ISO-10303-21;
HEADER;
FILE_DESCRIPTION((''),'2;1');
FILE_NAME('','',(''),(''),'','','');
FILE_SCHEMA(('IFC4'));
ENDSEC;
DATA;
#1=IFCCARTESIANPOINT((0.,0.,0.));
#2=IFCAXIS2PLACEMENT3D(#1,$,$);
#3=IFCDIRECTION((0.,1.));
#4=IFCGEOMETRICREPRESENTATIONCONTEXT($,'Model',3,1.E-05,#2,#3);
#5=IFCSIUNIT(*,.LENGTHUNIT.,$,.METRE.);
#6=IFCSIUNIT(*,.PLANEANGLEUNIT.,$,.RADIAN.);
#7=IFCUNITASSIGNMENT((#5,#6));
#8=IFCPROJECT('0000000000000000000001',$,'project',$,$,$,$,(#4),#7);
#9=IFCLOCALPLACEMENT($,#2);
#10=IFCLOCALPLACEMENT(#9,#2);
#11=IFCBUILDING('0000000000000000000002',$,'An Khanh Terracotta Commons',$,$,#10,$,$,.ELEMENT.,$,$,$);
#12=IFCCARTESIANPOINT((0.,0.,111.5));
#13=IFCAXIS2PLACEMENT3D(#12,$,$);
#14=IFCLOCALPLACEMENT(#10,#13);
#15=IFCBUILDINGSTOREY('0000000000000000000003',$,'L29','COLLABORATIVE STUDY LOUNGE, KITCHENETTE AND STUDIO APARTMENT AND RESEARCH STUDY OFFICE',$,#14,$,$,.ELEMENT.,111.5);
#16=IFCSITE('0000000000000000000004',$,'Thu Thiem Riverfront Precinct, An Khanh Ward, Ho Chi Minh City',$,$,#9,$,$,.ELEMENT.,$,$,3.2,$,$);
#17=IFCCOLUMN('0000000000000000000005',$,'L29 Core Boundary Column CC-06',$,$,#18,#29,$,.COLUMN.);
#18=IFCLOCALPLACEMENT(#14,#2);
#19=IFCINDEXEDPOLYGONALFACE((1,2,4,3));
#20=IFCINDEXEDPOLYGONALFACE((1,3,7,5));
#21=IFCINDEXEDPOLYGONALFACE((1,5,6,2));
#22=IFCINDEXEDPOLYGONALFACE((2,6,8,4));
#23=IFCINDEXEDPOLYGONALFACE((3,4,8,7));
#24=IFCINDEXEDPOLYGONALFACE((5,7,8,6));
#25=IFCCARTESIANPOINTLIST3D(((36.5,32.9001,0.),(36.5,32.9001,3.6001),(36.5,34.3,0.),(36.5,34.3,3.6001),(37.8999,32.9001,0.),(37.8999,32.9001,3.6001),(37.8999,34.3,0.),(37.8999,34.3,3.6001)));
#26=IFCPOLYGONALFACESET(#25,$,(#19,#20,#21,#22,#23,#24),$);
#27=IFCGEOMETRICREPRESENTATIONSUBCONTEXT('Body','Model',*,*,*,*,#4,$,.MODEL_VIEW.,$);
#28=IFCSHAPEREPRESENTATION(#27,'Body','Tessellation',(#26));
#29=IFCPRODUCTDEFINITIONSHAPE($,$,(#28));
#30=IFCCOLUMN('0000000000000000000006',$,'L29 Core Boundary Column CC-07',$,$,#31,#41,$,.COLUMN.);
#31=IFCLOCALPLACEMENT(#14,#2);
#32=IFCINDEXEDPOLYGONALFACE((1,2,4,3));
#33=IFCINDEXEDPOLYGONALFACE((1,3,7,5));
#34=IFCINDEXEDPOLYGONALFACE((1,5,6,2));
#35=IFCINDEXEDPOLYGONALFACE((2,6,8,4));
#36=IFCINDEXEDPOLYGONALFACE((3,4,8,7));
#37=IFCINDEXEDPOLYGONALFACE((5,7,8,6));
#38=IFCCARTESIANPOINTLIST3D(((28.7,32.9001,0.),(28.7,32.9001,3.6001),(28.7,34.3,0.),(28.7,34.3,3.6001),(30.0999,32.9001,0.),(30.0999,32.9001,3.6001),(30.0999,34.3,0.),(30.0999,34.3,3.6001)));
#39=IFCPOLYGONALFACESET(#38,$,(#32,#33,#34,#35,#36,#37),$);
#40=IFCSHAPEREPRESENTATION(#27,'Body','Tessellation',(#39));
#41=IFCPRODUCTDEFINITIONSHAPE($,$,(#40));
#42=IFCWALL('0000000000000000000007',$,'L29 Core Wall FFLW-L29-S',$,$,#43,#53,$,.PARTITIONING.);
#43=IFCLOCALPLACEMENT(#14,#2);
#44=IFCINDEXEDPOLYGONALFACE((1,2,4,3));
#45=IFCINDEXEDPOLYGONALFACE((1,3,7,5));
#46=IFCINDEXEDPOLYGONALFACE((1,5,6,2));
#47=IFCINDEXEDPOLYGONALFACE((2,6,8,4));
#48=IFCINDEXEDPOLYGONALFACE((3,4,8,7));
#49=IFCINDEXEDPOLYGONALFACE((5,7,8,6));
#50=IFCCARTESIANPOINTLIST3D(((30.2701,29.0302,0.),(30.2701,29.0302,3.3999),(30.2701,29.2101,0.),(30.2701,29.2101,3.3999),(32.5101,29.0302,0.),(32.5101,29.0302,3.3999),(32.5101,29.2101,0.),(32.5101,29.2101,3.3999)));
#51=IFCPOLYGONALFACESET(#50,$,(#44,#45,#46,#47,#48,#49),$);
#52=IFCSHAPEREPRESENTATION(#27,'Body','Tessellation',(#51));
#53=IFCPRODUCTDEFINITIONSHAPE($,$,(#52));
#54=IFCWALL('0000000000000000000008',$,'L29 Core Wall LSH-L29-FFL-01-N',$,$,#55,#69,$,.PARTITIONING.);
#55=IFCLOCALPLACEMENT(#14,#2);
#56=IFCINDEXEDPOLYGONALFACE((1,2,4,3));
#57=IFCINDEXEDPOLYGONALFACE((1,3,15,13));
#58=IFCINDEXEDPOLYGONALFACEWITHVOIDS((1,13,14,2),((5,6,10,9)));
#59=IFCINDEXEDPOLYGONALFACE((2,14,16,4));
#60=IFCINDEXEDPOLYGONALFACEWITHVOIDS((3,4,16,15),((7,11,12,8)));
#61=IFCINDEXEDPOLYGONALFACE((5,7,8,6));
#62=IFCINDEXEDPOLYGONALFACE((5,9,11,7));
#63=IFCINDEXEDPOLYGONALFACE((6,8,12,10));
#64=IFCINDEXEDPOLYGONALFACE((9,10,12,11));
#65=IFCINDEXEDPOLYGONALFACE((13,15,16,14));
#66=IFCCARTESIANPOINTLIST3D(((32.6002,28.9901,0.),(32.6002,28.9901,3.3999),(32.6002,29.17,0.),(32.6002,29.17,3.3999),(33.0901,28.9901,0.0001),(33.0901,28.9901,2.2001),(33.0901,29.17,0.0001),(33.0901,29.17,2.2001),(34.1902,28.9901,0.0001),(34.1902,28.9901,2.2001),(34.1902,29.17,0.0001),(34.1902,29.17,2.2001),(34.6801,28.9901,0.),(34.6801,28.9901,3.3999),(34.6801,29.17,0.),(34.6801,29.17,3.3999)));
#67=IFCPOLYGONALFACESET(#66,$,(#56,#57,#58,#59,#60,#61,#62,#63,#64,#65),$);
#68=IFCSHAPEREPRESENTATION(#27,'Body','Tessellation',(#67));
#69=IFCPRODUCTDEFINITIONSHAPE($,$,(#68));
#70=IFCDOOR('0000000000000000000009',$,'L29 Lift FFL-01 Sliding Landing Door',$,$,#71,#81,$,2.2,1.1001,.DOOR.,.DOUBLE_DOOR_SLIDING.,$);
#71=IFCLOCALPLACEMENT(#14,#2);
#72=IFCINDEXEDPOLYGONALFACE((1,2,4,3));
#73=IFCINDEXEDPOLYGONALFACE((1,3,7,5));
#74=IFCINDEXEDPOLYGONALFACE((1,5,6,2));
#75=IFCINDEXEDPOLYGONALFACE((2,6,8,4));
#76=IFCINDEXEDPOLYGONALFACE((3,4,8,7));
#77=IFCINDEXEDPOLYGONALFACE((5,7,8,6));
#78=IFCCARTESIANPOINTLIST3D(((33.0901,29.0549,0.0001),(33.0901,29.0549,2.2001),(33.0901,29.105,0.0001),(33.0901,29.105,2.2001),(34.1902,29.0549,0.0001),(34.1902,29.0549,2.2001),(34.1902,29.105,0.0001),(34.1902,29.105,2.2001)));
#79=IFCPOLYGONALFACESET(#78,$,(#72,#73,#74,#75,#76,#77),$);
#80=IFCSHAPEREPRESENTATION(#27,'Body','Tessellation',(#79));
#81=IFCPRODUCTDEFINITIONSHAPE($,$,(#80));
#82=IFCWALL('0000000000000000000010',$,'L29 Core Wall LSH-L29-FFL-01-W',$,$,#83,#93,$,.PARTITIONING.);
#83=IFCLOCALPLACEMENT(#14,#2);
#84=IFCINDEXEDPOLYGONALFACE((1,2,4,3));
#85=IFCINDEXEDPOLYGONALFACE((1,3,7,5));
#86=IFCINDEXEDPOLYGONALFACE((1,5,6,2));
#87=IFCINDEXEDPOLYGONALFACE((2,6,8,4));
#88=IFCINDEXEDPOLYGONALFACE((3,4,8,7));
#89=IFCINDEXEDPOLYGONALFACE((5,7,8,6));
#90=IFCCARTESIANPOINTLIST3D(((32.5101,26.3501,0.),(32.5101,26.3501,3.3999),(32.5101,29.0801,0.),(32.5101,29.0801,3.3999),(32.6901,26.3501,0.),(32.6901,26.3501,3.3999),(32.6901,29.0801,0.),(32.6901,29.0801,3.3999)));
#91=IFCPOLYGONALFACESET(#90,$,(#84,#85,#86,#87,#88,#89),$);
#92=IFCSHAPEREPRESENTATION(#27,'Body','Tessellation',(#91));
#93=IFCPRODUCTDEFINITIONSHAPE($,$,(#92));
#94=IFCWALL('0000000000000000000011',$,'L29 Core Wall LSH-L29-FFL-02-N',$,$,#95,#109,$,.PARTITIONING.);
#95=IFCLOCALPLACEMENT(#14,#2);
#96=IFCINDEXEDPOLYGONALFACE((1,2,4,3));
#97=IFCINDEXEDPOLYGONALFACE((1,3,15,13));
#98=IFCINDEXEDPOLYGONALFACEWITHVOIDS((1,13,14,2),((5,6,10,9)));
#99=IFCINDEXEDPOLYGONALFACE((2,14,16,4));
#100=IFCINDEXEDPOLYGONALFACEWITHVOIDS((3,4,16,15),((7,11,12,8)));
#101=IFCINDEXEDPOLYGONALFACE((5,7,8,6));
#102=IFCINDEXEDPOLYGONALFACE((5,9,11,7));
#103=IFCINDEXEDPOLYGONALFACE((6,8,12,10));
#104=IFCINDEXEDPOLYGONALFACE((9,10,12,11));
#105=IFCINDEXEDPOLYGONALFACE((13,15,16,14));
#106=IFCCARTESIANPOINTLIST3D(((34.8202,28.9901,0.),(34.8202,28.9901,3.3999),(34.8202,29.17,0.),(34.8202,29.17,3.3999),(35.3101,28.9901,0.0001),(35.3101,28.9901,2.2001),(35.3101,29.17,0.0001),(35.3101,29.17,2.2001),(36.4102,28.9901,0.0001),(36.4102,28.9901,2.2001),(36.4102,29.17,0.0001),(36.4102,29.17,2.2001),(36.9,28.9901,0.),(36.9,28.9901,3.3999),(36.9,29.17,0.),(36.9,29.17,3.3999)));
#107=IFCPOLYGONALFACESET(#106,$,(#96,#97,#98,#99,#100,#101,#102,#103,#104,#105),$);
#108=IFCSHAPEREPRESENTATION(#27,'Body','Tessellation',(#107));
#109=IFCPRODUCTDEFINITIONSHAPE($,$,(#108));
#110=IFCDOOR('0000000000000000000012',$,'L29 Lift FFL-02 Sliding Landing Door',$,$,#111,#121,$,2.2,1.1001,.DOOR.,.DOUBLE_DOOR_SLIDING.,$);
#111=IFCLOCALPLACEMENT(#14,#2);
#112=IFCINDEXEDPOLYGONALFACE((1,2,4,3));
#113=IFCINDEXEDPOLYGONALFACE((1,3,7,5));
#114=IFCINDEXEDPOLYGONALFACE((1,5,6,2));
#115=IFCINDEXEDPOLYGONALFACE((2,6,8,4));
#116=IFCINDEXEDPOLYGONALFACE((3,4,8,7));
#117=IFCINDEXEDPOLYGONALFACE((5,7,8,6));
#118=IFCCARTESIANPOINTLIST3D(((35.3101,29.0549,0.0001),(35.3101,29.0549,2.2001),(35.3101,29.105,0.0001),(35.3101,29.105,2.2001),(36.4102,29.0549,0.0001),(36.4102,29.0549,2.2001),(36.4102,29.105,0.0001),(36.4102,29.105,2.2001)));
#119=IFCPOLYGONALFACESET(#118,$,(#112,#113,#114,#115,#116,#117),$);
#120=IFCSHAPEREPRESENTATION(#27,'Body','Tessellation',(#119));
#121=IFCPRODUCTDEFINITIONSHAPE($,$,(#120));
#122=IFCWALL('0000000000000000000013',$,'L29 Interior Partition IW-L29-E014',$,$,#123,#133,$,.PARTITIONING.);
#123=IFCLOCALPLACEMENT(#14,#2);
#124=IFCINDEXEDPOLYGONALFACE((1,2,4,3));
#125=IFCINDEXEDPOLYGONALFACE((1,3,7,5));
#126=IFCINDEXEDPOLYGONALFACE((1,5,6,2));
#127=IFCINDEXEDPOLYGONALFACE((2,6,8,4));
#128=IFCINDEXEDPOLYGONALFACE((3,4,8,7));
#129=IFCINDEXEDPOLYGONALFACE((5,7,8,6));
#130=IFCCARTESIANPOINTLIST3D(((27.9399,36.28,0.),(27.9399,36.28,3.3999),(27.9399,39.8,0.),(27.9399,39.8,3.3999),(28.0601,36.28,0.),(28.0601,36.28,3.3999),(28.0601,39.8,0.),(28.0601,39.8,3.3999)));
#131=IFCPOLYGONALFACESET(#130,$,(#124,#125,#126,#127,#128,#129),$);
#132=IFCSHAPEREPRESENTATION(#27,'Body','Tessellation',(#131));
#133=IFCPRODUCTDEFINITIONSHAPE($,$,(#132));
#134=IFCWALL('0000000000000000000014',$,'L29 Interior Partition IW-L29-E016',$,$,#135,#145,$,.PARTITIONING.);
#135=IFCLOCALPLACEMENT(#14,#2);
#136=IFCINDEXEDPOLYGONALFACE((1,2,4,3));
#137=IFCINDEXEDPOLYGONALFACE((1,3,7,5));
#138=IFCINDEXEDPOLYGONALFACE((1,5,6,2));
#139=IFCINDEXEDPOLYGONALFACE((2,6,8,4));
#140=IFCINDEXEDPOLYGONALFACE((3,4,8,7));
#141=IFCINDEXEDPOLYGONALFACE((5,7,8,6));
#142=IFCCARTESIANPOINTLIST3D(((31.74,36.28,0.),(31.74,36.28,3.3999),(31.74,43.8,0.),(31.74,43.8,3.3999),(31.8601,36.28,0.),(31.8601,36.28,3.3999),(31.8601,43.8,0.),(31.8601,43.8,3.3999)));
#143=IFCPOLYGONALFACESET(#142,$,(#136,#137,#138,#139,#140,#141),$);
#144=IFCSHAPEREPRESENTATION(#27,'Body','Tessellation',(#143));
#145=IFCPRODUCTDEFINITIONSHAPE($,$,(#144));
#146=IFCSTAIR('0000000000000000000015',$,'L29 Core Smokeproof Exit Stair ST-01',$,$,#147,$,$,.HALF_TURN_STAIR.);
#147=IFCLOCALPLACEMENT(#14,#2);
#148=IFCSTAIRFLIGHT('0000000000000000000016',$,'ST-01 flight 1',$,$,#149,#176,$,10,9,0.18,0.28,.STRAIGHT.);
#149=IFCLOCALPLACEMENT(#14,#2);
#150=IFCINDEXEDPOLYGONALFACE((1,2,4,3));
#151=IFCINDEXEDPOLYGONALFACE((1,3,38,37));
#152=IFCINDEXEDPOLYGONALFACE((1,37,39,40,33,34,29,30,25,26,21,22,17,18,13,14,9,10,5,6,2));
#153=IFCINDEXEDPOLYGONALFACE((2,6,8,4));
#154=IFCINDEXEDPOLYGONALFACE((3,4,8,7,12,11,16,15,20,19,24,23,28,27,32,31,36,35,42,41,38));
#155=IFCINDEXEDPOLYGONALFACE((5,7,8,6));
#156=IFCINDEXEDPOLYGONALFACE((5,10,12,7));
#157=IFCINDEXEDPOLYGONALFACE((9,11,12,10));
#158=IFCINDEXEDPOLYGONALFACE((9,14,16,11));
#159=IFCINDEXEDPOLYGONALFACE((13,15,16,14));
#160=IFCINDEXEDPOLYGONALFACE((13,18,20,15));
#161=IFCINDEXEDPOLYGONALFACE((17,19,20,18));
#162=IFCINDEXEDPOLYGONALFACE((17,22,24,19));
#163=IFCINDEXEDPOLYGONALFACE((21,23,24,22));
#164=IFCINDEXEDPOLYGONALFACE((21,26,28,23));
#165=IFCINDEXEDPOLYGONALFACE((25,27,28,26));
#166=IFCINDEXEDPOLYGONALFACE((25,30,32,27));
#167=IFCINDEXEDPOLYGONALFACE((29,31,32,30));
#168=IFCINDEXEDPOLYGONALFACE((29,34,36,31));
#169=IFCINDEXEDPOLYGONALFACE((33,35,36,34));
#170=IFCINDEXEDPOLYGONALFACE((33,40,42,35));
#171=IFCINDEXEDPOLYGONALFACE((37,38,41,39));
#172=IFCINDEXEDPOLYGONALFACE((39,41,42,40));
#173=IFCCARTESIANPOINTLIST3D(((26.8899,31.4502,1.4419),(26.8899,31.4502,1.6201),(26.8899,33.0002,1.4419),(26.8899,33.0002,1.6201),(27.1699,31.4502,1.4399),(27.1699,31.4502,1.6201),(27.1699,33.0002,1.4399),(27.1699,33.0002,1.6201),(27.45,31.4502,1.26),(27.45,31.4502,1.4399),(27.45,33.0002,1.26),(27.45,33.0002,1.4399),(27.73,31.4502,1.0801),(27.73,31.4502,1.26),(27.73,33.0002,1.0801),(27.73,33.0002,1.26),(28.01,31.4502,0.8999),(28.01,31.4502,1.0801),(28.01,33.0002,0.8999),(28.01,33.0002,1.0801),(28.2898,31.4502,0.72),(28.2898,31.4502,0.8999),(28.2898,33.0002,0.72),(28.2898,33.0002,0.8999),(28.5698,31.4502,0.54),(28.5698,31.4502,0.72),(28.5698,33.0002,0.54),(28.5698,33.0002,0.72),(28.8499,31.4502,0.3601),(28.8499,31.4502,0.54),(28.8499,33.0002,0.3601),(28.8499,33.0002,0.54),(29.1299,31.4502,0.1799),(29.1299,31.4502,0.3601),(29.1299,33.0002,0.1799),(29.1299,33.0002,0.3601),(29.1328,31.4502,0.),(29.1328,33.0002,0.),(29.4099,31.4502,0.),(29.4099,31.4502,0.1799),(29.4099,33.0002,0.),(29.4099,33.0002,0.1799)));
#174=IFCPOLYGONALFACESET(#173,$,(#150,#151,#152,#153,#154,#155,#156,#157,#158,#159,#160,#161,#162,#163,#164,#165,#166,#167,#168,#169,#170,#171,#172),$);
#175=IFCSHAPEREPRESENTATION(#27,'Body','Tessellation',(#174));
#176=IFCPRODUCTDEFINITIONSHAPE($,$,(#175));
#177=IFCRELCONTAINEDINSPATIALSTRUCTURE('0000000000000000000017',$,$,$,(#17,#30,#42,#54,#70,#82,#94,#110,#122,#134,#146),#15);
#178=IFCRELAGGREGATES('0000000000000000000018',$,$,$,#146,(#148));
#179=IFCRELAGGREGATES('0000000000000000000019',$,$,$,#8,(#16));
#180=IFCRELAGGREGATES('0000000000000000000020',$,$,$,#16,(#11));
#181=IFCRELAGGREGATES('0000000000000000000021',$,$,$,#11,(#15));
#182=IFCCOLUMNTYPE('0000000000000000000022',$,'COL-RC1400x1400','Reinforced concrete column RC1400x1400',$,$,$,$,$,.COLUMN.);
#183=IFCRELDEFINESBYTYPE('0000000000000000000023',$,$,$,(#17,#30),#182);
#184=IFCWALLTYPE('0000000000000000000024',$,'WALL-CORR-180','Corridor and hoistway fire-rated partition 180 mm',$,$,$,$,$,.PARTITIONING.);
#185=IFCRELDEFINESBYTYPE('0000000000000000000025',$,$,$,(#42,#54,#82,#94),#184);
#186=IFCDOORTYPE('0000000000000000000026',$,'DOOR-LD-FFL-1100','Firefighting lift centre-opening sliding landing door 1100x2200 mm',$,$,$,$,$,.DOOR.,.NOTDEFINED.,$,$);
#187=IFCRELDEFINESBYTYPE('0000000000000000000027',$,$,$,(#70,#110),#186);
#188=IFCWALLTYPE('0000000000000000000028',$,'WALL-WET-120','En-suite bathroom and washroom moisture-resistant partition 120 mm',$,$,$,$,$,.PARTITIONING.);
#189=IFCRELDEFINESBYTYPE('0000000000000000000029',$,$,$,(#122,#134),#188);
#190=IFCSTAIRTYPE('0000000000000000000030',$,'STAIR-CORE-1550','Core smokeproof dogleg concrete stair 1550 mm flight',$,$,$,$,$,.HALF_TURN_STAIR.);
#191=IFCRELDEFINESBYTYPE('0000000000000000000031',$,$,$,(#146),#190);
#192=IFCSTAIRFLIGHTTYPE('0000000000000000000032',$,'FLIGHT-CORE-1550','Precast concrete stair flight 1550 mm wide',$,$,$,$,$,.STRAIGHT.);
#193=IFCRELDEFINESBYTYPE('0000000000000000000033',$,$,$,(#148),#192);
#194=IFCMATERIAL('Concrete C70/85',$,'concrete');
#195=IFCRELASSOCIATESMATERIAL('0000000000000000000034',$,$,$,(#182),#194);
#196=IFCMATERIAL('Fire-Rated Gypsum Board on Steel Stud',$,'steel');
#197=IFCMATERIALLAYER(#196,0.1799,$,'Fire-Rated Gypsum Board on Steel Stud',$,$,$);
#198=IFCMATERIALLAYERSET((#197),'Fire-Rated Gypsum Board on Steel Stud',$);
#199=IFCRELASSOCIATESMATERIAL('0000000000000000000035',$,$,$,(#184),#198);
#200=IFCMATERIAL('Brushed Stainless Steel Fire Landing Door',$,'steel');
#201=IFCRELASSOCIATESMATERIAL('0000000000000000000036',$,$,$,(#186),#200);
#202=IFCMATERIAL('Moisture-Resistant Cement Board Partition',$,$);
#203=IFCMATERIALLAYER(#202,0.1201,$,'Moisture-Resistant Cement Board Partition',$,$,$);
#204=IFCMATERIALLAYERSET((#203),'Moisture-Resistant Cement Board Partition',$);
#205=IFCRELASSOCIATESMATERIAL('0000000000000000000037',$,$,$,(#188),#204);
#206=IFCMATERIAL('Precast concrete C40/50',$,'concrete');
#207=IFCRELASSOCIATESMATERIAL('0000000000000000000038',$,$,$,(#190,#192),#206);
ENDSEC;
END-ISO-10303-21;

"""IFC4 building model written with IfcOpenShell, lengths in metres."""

from ifc_helpers import new_model, si_unit, direction, frame, frame_2d, origin, origin_2d, place, context, subcontext, project, spatial, polyline, rectangle, outline, extrude, material, layer, layer_set, material_profile, profile_set, type_object, element, fill, aggregate, save


model = new_model("IFC4")

# Units and contexts
model_context = context("Model", 3, precision=1e-05, world=origin(), true_north=direction((0.0, 1.0)))
body_context = subcontext(model_context, "Body", "Model", "MODEL_VIEW")
ifc_project = project(units=[si_unit("LENGTHUNIT", "METRE"), si_unit("PLANEANGLEUNIT", "RADIAN")], contexts=[model_context])

# Site, building, storey
site_placement = place(None, origin())
site = spatial("IfcSite", under=ifc_project, at=site_placement, Name="Thu Thiem Riverfront Precinct, An Khanh Ward, Ho Chi Minh City", CompositionType="ELEMENT", RefElevation=3.2)
building_placement = place(site_placement, origin())
building = spatial("IfcBuilding", under=site, at=building_placement, Name="An Khanh Terracotta Commons", CompositionType="ELEMENT")
storey_placement = place(building_placement, frame((0.0, 0.0, 111.5)))
storey = spatial("IfcBuildingStorey", under=building, at=storey_placement, Name="L29", Description="COLLABORATIVE STUDY LOUNGE, KITCHENETTE AND STUDIO APARTMENT AND RESEARCH STUDY OFFICE", CompositionType="ELEMENT", Elevation=111.5)

# Columns
ifc_material_1 = material(Name="Concrete C70/85", Category="concrete")
ifc_material_profile = material_profile(ifc_material_1, rectangle(XDim=1.3999, YDim=1.3999, at=origin_2d()), Name="RC1400x1400")
ifc_profile_set = profile_set([ifc_material_profile], Name="Concrete C70/85")
column_type = type_object("IfcColumnType", Name="COL-RC1400x1400", Description="Reinforced concrete column RC1400x1400", PredefinedType="COLUMN", material=ifc_profile_set)
for number, where, z_axis, x_axis, name in (
    (1, (37.2, 33.6001, 0.0), (0.0, 0.0, 1.0), (1.0, 0.0, 0.0), "L29 Core Boundary Column CC-06"),
    (2, (29.3999, 33.6001, 0.0), (0.0, 0.0, 1.0), (1.0, 0.0, 0.0), "L29 Core Boundary Column CC-07"),
):
    element("IfcColumn", number, at=place(storey_placement, frame(where, z_axis=z_axis, x_axis=x_axis)), inside=storey, type_object=column_type, Name=name, PredefinedType="COLUMN", context=body_context, shape_type="SweptSolid", body=[
        extrude(rectangle(XDim=1.3999, YDim=1.3999, at=origin_2d()), origin(), (0.0, 0.0, 1.0), 3.6001),
    ])

# Wall
ifc_material_2 = material(Name="Fire-Rated Gypsum Board on Steel Stud", Category="steel")
ifc_layer_1 = layer(ifc_material_2, 0.1799, Name="Fire-Rated Gypsum Board on Steel Stud")
ifc_layer_set_1 = layer_set([ifc_layer_1], Name="Fire-Rated Gypsum Board on Steel Stud")
wall_type_1 = type_object("IfcWallType", Name="WALL-CORR-180", Description="Corridor and hoistway fire-rated partition 180 mm", PredefinedType="PARTITIONING", material=ifc_layer_set_1)
wall_1_placement = place(storey_placement, frame((30.27, 29.1201, 0.0), z_axis=(0.0, 0.0, 1.0), x_axis=(1.0, 0.0, 0.0)))
element("IfcWall", 3, at=wall_1_placement, inside=storey, type_object=wall_type_1, Name="L29 Core Wall FFLW-L29-S", PredefinedType="PARTITIONING", context=body_context, shape_type="SweptSolid", body=[
    extrude(rectangle(XDim=2.24, YDim=0.1799, at=frame_2d((1.1201, 0.0))), origin(), (0.0, 0.0, 1.0), 3.3999),
])

# Wall, opening, door
wall_2_placement = place(storey_placement, frame((32.6001, 29.0801, 0.0), z_axis=(0.0, 0.0, 1.0), x_axis=(1.0, 0.0, 0.0)))
wall_2 = element("IfcWall", 4, at=wall_2_placement, inside=storey, type_object=wall_type_1, Name="L29 Core Wall LSH-L29-FFL-01-N", PredefinedType="PARTITIONING", context=body_context, shape_type="SweptSolid", body=[
    extrude(rectangle(XDim=2.0798, YDim=0.1799, at=frame_2d((1.04, 0.0))), origin(), (0.0, 0.0, 1.0), 3.3999),
])
opening_1_placement = place(wall_2_placement, frame((0.49, 0.0, 0.0)))
opening_1 = element("IfcOpeningElement", 5, at=opening_1_placement, cuts=wall_2, PredefinedType="OPENING", context=body_context, shape_type="SweptSolid", body=[
    extrude(rectangle(XDim=1.1001, YDim=2.2, at=frame_2d((0.55, 1.1001))), frame((0.0, 0.0999, 0.0), z_axis=(0.0, -1.0, 0.0), x_axis=(1.0, 0.0, 0.0)), (0.0, 0.0, 1.0), 0.2),
])
ifc_material_3 = material(Name="Brushed Stainless Steel Fire Landing Door", Category="steel")
door_type_1 = type_object("IfcDoorType", Name="DOOR-LD-FFL-1100", Description="Firefighting lift centre-opening sliding landing door 1100x2200 mm", OperationType="NOTDEFINED", PredefinedType="DOOR", material=ifc_material_3)
door_1_placement = place(opening_1_placement, origin())
door_1 = element("IfcDoor", 6, at=door_1_placement, inside=storey, type_object=door_type_1, Name="L29 Lift FFL-01 Sliding Landing Door", OperationType="DOUBLE_DOOR_SLIDING", OverallHeight=2.2, OverallWidth=1.1001, PredefinedType="DOOR", context=body_context, shape_type="SweptSolid", body=[
    extrude(rectangle(XDim=1.1001, YDim=2.2, at=frame_2d((0.55, 1.1001))), frame((0.0, 0.0249, 0.0), z_axis=(0.0, -1.0, 0.0), x_axis=(1.0, 0.0, 0.0)), (0.0, 0.0, 1.0), 0.05),
])
fill(opening_1, door_1)

# Wall
wall_3_placement = place(storey_placement, frame((32.6001, 29.0801, 0.0), z_axis=(0.0, 0.0, 1.0), x_axis=(0.0, -1.0, 0.0)))
element("IfcWall", 7, at=wall_3_placement, inside=storey, type_object=wall_type_1, Name="L29 Core Wall LSH-L29-FFL-01-W", PredefinedType="PARTITIONING", context=body_context, shape_type="SweptSolid", body=[
    extrude(rectangle(XDim=2.73, YDim=0.1799, at=frame_2d((1.365, 0.0))), origin(), (0.0, 0.0, 1.0), 3.3999),
])

# Wall, opening, door
wall_4_placement = place(storey_placement, frame((34.8201, 29.0801, 0.0), z_axis=(0.0, 0.0, 1.0), x_axis=(1.0, 0.0, 0.0)))
wall_4 = element("IfcWall", 8, at=wall_4_placement, inside=storey, type_object=wall_type_1, Name="L29 Core Wall LSH-L29-FFL-02-N", PredefinedType="PARTITIONING", context=body_context, shape_type="SweptSolid", body=[
    extrude(rectangle(XDim=2.0798, YDim=0.1799, at=frame_2d((1.04, 0.0))), origin(), (0.0, 0.0, 1.0), 3.3999),
])
opening_2_placement = place(wall_4_placement, frame((0.49, 0.0, 0.0)))
opening_2 = element("IfcOpeningElement", 9, at=opening_2_placement, cuts=wall_4, PredefinedType="OPENING", context=body_context, shape_type="SweptSolid", body=[
    extrude(rectangle(XDim=1.1001, YDim=2.2, at=frame_2d((0.55, 1.1001))), frame((0.0, 0.0999, 0.0), z_axis=(0.0, -1.0, 0.0), x_axis=(1.0, 0.0, 0.0)), (0.0, 0.0, 1.0), 0.2),
])
door_2_placement = place(opening_2_placement, origin())
door_2 = element("IfcDoor", 10, at=door_2_placement, inside=storey, type_object=door_type_1, Name="L29 Lift FFL-02 Sliding Landing Door", OperationType="DOUBLE_DOOR_SLIDING", OverallHeight=2.2, OverallWidth=1.1001, PredefinedType="DOOR", context=body_context, shape_type="SweptSolid", body=[
    extrude(rectangle(XDim=1.1001, YDim=2.2, at=frame_2d((0.55, 1.1001))), frame((0.0, 0.0249, 0.0), z_axis=(0.0, -1.0, 0.0), x_axis=(1.0, 0.0, 0.0)), (0.0, 0.0, 1.0), 0.05),
])
fill(opening_2, door_2)

# Walls
ifc_material_4 = material(Name="Moisture-Resistant Cement Board Partition")
ifc_layer_2 = layer(ifc_material_4, 0.1201, Name="Moisture-Resistant Cement Board Partition")
ifc_layer_set_2 = layer_set([ifc_layer_2], Name="Moisture-Resistant Cement Board Partition")
wall_type_2 = type_object("IfcWallType", Name="WALL-WET-120", Description="En-suite bathroom and washroom moisture-resistant partition 120 mm", PredefinedType="PARTITIONING", material=ifc_layer_set_2)
wall_5_placement = place(storey_placement, frame((28.0, 36.28, 0.0), z_axis=(0.0, 0.0, 1.0), x_axis=(0.0, 1.0, 0.0)))
element("IfcWall", 11, at=wall_5_placement, inside=storey, type_object=wall_type_2, Name="L29 Interior Partition IW-L29-E014", PredefinedType="PARTITIONING", context=body_context, shape_type="SweptSolid", body=[
    extrude(rectangle(XDim=3.52, YDim=0.1201, at=frame_2d((1.76, 0.0))), origin(), (0.0, 0.0, 1.0), 3.3999),
])
wall_6_placement = place(storey_placement, frame((31.8, 36.28, 0.0), z_axis=(0.0, 0.0, 1.0), x_axis=(0.0, 1.0, 0.0)))
element("IfcWall", 12, at=wall_6_placement, inside=storey, type_object=wall_type_2, Name="L29 Interior Partition IW-L29-E016", PredefinedType="PARTITIONING", context=body_context, shape_type="SweptSolid", body=[
    extrude(rectangle(XDim=7.52, YDim=0.1201, at=frame_2d((3.76, 0.0))), origin(), (0.0, 0.0, 1.0), 3.3999),
])

# Stair, stair flight
ifc_material_5 = material(Name="Precast concrete C40/50", Category="concrete")
stair_type = type_object("IfcStairType", Name="STAIR-CORE-1550", Description="Core smokeproof dogleg concrete stair 1550 mm flight", PredefinedType="HALF_TURN_STAIR", material=ifc_material_5)
stair_placement = place(storey_placement, origin())
stair = element("IfcStair", 13, at=stair_placement, inside=storey, type_object=stair_type, Name="L29 Core Smokeproof Exit Stair ST-01", PredefinedType="HALF_TURN_STAIR")
stair_flight_type = type_object("IfcStairFlightType", Name="FLIGHT-CORE-1550", Description="Precast concrete stair flight 1550 mm wide", PredefinedType="STRAIGHT", material=ifc_material_5)
stair_flight_1_placement = place(storey_placement, frame((29.4099, 32.2251, 0.0), z_axis=(0.0, 0.0, 1.0), x_axis=(-1.0, 0.0, 0.0)))
stair_flight_1 = element("IfcStairFlight", 14, at=stair_flight_1_placement, type_object=stair_flight_type, Name="ST-01 flight 1", NumberOfRisers=10, NumberOfTreads=9, PredefinedType="STRAIGHT", RiserHeight=0.18, TreadLength=0.28, context=body_context, shape_type="SweptSolid", body=[
    extrude(outline(polyline([(0.0, 0.0), (0.0, 0.1799), (0.28, 0.1799), (0.28, 0.3601), (0.5601, 0.3601), (0.5601, 0.54), (0.8401, 0.54), (0.8401, 0.72), (1.1201, 0.72), (1.1201, 0.8999), (1.3999, 0.8999), (1.3999, 1.0801), (1.6799, 1.0801), (1.6799, 1.26), (1.96, 1.26), (1.96, 1.4399), (2.24, 1.4399), (2.24, 1.6201), (2.52, 1.6201), (2.52, 1.8), (2.52, 1.4419), (0.2771, 0.0), (0.0, 0.0)])), frame((0.0, 0.7749, 0.0), z_axis=(0.0, -1.0, 0.0), x_axis=(1.0, 0.0, 0.0)), (0.0, 0.0, 1.0), 1.55),
])
aggregate(stair, [stair_flight_1])

save(model, "model.ifc")
